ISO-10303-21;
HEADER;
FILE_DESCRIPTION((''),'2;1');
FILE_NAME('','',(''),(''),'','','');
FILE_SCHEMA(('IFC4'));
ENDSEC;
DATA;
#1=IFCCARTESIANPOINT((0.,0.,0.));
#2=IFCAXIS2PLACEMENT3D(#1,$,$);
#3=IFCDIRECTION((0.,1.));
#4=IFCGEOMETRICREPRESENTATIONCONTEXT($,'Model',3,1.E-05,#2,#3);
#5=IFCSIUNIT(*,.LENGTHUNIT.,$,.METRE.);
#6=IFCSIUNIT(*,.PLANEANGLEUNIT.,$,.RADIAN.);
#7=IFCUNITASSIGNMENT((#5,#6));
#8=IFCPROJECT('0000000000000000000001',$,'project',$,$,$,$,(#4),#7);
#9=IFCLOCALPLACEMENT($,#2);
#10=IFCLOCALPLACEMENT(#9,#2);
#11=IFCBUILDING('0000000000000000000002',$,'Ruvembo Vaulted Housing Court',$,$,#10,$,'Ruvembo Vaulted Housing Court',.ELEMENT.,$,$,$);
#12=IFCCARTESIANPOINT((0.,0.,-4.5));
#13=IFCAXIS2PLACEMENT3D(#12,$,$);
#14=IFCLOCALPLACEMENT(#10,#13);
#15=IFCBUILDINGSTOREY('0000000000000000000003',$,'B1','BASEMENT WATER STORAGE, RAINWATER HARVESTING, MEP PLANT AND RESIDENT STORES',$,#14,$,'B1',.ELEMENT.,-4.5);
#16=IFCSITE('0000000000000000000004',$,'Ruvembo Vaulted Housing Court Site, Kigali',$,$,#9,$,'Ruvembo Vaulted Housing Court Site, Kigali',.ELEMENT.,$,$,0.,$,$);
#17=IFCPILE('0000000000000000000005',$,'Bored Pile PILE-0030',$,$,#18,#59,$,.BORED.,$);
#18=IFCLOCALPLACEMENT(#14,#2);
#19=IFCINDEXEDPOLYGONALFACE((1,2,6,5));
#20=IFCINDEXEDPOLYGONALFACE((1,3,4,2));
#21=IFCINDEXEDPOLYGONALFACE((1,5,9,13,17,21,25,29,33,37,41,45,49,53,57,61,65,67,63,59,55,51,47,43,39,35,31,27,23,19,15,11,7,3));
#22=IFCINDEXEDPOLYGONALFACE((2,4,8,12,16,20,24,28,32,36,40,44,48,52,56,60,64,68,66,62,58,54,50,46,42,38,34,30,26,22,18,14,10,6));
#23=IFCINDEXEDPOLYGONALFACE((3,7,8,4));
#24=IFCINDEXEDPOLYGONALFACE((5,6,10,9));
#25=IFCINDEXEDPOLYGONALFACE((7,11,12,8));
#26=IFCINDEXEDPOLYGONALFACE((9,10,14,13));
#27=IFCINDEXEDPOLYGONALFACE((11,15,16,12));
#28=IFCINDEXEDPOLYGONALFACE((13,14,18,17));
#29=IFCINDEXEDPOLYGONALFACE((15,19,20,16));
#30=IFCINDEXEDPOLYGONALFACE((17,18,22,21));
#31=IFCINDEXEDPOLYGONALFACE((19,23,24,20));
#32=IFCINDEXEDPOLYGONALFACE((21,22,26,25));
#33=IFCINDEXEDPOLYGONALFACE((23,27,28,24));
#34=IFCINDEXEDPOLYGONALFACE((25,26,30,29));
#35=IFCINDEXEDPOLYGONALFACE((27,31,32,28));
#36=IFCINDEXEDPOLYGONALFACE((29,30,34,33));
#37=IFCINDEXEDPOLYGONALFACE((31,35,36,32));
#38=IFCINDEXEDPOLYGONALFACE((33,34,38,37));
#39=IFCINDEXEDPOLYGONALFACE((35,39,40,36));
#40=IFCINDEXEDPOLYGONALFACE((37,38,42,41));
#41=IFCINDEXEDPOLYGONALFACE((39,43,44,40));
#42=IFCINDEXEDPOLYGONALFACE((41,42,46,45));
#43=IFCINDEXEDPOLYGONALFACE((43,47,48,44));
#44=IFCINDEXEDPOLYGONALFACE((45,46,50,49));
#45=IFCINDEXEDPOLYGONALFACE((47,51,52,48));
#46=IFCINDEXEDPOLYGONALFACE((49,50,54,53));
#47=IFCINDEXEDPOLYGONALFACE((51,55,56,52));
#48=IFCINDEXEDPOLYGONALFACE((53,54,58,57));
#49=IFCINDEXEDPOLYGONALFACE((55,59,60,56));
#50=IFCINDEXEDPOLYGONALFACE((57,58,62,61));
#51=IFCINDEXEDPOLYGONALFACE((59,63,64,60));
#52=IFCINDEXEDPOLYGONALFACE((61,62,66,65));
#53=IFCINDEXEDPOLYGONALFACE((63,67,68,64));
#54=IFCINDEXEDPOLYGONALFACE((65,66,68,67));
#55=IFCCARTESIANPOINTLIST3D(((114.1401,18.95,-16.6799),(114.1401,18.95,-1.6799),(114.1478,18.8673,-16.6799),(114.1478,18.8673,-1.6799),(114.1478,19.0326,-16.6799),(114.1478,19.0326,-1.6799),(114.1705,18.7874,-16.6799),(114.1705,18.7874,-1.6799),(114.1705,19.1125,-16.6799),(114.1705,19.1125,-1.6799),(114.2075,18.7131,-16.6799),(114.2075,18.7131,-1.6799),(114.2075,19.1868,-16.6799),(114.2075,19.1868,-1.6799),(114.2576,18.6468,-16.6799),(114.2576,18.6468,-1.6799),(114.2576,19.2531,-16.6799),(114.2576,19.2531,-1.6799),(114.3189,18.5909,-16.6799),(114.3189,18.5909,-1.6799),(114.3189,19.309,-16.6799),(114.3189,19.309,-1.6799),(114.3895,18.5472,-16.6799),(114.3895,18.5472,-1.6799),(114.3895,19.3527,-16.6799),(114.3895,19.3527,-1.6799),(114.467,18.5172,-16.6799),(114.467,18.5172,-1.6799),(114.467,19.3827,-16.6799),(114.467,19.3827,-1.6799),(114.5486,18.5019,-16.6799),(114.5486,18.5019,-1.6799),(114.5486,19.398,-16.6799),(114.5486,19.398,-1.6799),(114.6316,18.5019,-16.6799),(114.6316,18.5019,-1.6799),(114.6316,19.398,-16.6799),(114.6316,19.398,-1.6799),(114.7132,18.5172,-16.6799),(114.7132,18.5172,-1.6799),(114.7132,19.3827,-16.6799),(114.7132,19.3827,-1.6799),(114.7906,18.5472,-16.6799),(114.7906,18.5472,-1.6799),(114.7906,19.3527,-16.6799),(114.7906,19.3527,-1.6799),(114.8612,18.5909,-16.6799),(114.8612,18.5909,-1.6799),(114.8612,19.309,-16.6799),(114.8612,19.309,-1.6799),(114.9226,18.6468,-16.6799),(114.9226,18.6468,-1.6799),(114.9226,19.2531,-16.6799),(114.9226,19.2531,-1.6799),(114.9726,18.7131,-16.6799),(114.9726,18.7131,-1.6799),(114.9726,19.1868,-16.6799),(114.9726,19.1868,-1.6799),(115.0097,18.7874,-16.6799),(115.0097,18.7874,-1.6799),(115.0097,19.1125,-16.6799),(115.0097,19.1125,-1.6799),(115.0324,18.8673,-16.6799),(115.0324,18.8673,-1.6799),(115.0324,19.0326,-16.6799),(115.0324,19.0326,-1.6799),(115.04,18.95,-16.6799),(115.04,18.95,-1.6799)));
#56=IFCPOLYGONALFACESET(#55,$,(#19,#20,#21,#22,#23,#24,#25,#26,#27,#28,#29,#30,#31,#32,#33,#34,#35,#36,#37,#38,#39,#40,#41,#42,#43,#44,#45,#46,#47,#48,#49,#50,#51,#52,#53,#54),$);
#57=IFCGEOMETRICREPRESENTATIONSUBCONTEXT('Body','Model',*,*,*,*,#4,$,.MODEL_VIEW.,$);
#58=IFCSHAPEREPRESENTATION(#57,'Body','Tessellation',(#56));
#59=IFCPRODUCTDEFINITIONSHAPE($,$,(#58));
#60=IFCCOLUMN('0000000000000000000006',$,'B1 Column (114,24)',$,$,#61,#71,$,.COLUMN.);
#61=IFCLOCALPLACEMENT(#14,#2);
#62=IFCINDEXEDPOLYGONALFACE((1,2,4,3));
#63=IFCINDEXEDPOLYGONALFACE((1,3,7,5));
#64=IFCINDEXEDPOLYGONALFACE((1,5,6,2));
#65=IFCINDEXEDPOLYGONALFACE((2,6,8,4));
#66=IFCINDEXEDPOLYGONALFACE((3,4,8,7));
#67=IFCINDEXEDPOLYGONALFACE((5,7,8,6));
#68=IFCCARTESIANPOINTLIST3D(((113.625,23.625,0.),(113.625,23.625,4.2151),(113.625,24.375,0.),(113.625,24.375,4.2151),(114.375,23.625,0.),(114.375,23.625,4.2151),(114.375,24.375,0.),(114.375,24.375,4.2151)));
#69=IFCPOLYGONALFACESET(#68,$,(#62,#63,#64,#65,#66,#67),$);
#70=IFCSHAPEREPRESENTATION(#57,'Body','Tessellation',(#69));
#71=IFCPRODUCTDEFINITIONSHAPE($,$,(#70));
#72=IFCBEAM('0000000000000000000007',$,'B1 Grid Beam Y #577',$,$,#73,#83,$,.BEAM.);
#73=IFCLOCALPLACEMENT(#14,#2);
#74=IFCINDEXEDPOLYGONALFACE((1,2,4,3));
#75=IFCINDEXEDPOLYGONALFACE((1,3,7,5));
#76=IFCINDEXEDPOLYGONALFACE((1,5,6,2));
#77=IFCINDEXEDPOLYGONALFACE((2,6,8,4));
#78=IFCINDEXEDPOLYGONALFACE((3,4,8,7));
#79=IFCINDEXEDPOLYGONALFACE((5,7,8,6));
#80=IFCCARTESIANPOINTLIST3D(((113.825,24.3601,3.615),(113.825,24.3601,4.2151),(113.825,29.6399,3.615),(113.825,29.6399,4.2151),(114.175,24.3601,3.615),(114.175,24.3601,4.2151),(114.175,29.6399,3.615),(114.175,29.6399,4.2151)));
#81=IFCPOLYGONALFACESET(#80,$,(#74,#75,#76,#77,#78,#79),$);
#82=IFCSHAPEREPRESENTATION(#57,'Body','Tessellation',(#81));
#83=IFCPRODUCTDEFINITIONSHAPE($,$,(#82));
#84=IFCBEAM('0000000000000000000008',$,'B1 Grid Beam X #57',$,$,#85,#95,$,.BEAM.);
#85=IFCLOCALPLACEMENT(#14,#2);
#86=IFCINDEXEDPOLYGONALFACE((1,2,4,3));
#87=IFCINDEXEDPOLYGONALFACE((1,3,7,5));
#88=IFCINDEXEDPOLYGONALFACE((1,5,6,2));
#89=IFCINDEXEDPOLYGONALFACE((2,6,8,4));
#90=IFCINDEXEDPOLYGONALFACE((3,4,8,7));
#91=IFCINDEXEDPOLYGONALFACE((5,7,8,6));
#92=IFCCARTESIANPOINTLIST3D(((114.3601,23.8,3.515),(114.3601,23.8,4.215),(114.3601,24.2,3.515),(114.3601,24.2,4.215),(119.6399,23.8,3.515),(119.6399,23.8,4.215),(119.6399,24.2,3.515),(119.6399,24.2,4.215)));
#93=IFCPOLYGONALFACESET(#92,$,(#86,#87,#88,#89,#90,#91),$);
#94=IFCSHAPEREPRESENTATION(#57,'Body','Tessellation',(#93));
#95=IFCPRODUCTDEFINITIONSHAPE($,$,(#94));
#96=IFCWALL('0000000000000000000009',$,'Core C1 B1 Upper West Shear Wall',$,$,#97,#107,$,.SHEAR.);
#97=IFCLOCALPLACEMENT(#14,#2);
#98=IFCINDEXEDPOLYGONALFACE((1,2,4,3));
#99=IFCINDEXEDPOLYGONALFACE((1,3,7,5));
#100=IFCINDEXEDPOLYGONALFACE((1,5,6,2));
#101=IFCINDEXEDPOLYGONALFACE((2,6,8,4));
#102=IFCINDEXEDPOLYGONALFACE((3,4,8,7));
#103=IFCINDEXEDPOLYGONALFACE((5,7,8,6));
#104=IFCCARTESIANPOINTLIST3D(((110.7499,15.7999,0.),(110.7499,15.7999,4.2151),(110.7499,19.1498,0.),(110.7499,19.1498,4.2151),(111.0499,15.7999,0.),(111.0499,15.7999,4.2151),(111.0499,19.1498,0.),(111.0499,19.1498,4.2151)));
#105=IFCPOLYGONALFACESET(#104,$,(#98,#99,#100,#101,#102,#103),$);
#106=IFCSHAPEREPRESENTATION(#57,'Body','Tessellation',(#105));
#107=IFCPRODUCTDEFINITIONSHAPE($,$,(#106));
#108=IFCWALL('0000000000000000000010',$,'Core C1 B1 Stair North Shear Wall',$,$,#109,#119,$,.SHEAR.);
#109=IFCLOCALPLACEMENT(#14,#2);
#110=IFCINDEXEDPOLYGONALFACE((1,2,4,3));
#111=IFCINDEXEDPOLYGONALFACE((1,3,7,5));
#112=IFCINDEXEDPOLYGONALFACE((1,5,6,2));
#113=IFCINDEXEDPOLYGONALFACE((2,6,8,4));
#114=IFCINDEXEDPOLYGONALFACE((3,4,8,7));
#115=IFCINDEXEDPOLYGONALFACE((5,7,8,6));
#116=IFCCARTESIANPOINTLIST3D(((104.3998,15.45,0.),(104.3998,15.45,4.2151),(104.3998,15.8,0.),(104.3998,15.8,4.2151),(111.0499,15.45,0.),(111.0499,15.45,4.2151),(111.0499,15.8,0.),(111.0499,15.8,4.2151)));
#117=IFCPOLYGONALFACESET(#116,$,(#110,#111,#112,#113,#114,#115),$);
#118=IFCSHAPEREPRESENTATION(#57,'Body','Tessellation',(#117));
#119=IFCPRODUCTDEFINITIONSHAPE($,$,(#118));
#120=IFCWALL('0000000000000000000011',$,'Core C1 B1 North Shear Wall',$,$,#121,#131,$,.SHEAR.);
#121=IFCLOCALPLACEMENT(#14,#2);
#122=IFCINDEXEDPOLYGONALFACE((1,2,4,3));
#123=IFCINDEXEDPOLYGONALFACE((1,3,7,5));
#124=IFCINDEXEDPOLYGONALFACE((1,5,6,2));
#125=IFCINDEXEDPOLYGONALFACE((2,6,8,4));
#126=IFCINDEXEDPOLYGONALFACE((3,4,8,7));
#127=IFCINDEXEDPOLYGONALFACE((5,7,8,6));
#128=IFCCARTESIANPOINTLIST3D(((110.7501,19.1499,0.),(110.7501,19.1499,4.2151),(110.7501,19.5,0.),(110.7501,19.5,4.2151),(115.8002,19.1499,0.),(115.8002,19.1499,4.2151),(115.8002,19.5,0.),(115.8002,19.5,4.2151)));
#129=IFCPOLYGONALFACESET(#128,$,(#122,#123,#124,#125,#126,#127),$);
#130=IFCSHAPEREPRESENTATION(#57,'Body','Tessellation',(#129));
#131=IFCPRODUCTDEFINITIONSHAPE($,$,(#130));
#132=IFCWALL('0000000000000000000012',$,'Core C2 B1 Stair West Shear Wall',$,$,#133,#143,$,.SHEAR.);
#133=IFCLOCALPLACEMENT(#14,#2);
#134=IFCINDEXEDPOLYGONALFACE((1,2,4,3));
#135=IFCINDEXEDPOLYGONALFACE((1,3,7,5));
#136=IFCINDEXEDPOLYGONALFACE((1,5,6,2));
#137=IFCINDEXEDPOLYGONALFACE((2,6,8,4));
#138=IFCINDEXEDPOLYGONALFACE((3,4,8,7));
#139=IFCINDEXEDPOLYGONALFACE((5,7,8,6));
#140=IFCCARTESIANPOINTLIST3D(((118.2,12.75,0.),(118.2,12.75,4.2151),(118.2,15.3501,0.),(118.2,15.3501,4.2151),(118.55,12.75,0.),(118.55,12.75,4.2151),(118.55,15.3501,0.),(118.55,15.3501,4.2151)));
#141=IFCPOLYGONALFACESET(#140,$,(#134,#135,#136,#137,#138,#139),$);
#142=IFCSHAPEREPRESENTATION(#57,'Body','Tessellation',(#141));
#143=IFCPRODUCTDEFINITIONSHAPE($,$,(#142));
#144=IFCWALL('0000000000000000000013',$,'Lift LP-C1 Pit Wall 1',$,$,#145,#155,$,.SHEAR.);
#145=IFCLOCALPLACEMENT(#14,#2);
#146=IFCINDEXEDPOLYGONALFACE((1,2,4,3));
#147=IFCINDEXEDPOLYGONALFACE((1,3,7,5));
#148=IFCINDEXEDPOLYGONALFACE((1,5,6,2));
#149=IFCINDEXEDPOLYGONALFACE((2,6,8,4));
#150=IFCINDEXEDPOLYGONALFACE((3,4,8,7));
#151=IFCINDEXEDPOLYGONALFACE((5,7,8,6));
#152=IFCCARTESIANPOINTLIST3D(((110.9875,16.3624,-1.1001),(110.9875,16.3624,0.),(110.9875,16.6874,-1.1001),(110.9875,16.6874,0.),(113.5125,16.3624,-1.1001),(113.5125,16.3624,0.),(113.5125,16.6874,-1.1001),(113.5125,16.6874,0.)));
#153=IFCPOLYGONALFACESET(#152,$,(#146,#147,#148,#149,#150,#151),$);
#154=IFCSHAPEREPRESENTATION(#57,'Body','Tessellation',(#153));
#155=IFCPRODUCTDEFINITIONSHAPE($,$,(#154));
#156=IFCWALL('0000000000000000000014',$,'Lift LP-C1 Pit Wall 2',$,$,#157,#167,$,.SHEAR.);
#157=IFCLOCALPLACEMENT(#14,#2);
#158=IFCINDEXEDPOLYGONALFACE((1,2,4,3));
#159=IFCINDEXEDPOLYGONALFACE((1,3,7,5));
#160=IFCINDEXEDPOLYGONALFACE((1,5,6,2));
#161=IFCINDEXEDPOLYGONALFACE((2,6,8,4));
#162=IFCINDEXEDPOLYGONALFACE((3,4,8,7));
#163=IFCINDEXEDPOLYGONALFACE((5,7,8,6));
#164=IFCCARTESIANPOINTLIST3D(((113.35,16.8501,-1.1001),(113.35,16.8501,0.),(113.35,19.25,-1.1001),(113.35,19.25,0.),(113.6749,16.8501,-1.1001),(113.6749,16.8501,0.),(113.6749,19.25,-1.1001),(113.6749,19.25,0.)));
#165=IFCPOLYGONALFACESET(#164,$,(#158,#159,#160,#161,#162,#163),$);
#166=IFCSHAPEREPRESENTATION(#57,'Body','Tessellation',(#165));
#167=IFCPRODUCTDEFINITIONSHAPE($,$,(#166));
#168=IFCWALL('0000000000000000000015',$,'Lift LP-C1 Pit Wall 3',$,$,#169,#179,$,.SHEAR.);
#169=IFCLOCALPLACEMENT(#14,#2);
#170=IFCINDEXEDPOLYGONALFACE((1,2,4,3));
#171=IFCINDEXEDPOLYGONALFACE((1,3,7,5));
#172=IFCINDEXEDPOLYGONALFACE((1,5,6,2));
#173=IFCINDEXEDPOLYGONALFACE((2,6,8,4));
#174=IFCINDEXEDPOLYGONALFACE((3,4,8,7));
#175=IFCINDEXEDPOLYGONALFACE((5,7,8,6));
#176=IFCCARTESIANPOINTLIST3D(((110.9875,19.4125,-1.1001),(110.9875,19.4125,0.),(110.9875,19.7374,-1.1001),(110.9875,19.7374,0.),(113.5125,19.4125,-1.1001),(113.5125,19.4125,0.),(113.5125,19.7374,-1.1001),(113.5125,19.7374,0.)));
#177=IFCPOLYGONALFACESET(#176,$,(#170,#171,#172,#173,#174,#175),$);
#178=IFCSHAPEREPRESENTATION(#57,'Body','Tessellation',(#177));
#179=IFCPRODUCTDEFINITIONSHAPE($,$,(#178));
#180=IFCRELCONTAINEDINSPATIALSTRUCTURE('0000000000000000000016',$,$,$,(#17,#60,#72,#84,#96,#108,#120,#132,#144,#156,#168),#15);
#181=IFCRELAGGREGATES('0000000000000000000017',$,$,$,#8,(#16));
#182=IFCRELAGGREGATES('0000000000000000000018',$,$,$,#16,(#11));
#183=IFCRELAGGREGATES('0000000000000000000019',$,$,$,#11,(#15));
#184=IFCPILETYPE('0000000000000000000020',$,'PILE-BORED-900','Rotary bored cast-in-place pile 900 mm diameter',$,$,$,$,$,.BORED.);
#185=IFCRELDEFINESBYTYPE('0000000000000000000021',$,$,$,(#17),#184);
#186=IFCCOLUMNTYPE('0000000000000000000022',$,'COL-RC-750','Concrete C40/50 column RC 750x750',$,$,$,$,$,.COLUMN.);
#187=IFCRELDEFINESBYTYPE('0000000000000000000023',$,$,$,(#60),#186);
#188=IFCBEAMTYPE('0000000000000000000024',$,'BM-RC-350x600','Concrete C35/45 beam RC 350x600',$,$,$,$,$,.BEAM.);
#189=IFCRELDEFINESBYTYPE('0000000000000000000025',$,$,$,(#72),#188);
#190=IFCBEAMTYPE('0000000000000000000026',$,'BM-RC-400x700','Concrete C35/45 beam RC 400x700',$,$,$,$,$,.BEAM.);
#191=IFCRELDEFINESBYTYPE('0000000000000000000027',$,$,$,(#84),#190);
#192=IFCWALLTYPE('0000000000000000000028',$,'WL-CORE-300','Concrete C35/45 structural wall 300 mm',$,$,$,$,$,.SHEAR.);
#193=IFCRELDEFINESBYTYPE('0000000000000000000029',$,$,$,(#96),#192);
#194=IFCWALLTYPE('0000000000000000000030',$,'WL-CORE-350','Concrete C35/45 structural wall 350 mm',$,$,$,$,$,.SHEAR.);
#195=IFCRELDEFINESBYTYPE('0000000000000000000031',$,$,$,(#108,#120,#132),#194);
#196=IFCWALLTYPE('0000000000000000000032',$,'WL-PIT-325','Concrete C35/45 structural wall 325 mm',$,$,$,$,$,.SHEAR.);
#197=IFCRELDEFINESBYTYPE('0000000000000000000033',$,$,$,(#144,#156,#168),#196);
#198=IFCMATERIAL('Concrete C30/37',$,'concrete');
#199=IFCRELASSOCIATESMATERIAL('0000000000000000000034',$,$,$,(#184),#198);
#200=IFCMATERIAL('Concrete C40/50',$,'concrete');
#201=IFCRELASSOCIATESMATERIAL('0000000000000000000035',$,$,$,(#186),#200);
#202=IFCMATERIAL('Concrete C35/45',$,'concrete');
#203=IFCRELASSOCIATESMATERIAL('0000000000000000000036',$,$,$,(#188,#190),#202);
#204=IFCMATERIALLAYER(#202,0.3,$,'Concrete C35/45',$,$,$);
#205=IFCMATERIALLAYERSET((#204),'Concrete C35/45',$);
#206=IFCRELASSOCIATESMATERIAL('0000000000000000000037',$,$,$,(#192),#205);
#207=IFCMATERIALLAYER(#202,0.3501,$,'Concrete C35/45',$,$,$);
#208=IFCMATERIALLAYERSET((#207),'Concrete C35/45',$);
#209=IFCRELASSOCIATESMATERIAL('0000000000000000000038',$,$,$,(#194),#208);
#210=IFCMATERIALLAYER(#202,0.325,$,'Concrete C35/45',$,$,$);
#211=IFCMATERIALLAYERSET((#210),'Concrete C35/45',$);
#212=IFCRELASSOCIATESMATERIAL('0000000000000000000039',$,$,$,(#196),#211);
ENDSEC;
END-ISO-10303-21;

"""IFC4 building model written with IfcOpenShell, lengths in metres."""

from ifc_helpers import new_model, si_unit, direction, frame, frame_2d, origin, origin_2d, place, context, subcontext, project, spatial, rectangle, circle, extrude, material, layer, layer_set, material_profile, profile_set, type_object, element, save


model = new_model("IFC4")

# Units and contexts
model_context = context("Model", 3, precision=1e-05, world=origin(), true_north=direction((0.0, 1.0)))
body_context = subcontext(model_context, "Body", "Model", "MODEL_VIEW")
ifc_project = project(units=[si_unit("LENGTHUNIT", "METRE"), si_unit("PLANEANGLEUNIT", "RADIAN")], contexts=[model_context])

# Site, building, storey
site_placement = place(None, origin())
site = spatial("IfcSite", under=ifc_project, at=site_placement, Name="Ruvembo Vaulted Housing Court Site, Kigali", LongName="Ruvembo Vaulted Housing Court Site, Kigali", CompositionType="ELEMENT", RefElevation=0.0)
building_placement = place(site_placement, origin())
building = spatial("IfcBuilding", under=site, at=building_placement, Name="Ruvembo Vaulted Housing Court", LongName="Ruvembo Vaulted Housing Court", CompositionType="ELEMENT")
storey_placement = place(building_placement, frame((0.0, 0.0, -4.5)))
storey = spatial("IfcBuildingStorey", under=building, at=storey_placement, Name="B1", Description="BASEMENT WATER STORAGE, RAINWATER HARVESTING, MEP PLANT AND RESIDENT STORES", LongName="B1", CompositionType="ELEMENT", Elevation=-4.5)

# Shared definitions
ifc_material_1 = material(Name="Concrete C35/45", Category="concrete")

# Pile
ifc_material_2 = material(Name="Concrete C30/37", Category="concrete")
ifc_material_profile_1 = material_profile(ifc_material_2, circle(Radius=0.45, at=origin_2d()), Name="PILE D900")
ifc_profile_set_1 = profile_set([ifc_material_profile_1], Name="Concrete C30/37")
pile_type_1 = type_object("IfcPileType", Name="PILE-BORED-900", Description="Rotary bored cast-in-place pile 900 mm diameter", PredefinedType="BORED", material=ifc_profile_set_1)
for number, where, z_axis, x_axis, name in (
    (1, (114.5901, 18.95, -1.6799), (0.0, 0.0, -1.0), (1.0, 0.0, 0.0), "Bored Pile PILE-0030"),
):
    element("IfcPile", number, at=place(storey_placement, frame(where, z_axis=z_axis, x_axis=x_axis)), inside=storey, type_object=pile_type_1, Name=name, PredefinedType="BORED", context=body_context, shape_type="SweptSolid", body=[
        extrude(circle(Radius=0.45, at=origin_2d()), origin(), (0.0, 0.0, 1.0), 15.0),
    ])

# Column
ifc_material_3 = material(Name="Concrete C40/50", Category="concrete")
ifc_material_profile_2 = material_profile(ifc_material_3, rectangle(XDim=0.75, YDim=0.75, at=origin_2d()), Name="RC 750x750")
ifc_profile_set_2 = profile_set([ifc_material_profile_2], Name="Concrete C40/50")
column_type = type_object("IfcColumnType", Name="COL-RC-750", Description="Concrete C40/50 column RC 750x750", PredefinedType="COLUMN", material=ifc_profile_set_2)
column_placement = place(storey_placement, frame((114.0, 24.0, 0.0), z_axis=(0.0, 0.0, 1.0), x_axis=(1.0, 0.0, 0.0)))
element("IfcColumn", 2, at=column_placement, inside=storey, type_object=column_type, Name="B1 Column (114,24)", PredefinedType="COLUMN", context=body_context, shape_type="SweptSolid", body=[
    extrude(rectangle(XDim=0.75, YDim=0.75, at=origin_2d()), origin(), (0.0, 0.0, 1.0), 4.2151),
])

# Beams
ifc_material_profile_3 = material_profile(ifc_material_1, rectangle(XDim=0.3501, YDim=0.6001, at=origin_2d()), Name="RC 350x600")
ifc_profile_set_3 = profile_set([ifc_material_profile_3], Name="Concrete C35/45")
beam_type_1 = type_object("IfcBeamType", Name="BM-RC-350x600", Description="Concrete C35/45 beam RC 350x600", PredefinedType="BEAM", material=ifc_profile_set_3)
beam_1_placement = place(storey_placement, frame((114.0, 24.3601, 3.915), z_axis=(0.0, 1.0, 0.0), x_axis=(-1.0, 0.0, 0.0)))
element("IfcBeam", 3, at=beam_1_placement, inside=storey, type_object=beam_type_1, Name="B1 Grid Beam Y #577", PredefinedType="BEAM", context=body_context, shape_type="SweptSolid", body=[
    extrude(rectangle(XDim=0.3501, YDim=0.6001, at=origin_2d()), origin(), (0.0, 0.0, 1.0), 5.2798),
])
ifc_material_profile_4 = material_profile(ifc_material_1, rectangle(XDim=0.3999, YDim=0.7, at=origin_2d()), Name="RC 400x700")
ifc_profile_set_4 = profile_set([ifc_material_profile_4], Name="Concrete C35/45")
beam_type_2 = type_object("IfcBeamType", Name="BM-RC-400x700", Description="Concrete C35/45 beam RC 400x700", PredefinedType="BEAM", material=ifc_profile_set_4)
beam_2_placement = place(storey_placement, frame((114.3601, 24.0, 3.865), z_axis=(1.0, 0.0, 0.0), x_axis=(0.0, 1.0, 0.0)))
element("IfcBeam", 4, at=beam_2_placement, inside=storey, type_object=beam_type_2, Name="B1 Grid Beam X #57", PredefinedType="BEAM", context=body_context, shape_type="SweptSolid", body=[
    extrude(rectangle(XDim=0.3999, YDim=0.7, at=origin_2d()), origin(), (0.0, 0.0, 1.0), 5.2798),
])

# Walls
ifc_layer_1 = layer(ifc_material_1, 0.3, Name="Concrete C35/45")
ifc_layer_set_1 = layer_set([ifc_layer_1], Name="Concrete C35/45")
wall_type_1 = type_object("IfcWallType", Name="WL-CORE-300", Description="Concrete C35/45 structural wall 300 mm", PredefinedType="SHEAR", material=ifc_layer_set_1)
wall_1_placement = place(storey_placement, frame((110.8999, 15.8, 0.0), z_axis=(0.0, 0.0, 1.0), x_axis=(0.0, 1.0, 0.0)))
element("IfcWall", 5, at=wall_1_placement, inside=storey, type_object=wall_type_1, Name="Core C1 B1 Upper West Shear Wall", PredefinedType="SHEAR", context=body_context, shape_type="SweptSolid", body=[
    extrude(rectangle(XDim=3.3499, YDim=0.3, at=frame_2d((1.6748, 0.0))), origin(), (0.0, 0.0, 1.0), 4.2151),
])
ifc_layer_2 = layer(ifc_material_1, 0.3501, Name="Concrete C35/45")
ifc_layer_set_2 = layer_set([ifc_layer_2], Name="Concrete C35/45")
wall_type_2 = type_object("IfcWallType", Name="WL-CORE-350", Description="Concrete C35/45 structural wall 350 mm", PredefinedType="SHEAR", material=ifc_layer_set_2)
wall_2_placement = place(storey_placement, frame((111.05, 15.625, 0.0), z_axis=(0.0, 0.0, 1.0), x_axis=(-1.0, 0.0, 0.0)))
element("IfcWall", 6, at=wall_2_placement, inside=storey, type_object=wall_type_2, Name="Core C1 B1 Stair North Shear Wall", PredefinedType="SHEAR", context=body_context, shape_type="SweptSolid", body=[
    extrude(rectangle(XDim=6.6501, YDim=0.3501, at=frame_2d((3.3252, 0.0))), origin(), (0.0, 0.0, 1.0), 4.2151),
])
wall_3_placement = place(storey_placement, frame((115.8, 19.325, 0.0), z_axis=(0.0, 0.0, 1.0), x_axis=(-1.0, 0.0, 0.0)))
element("IfcWall", 7, at=wall_3_placement, inside=storey, type_object=wall_type_2, Name="Core C1 B1 North Shear Wall", PredefinedType="SHEAR", context=body_context, shape_type="SweptSolid", body=[
    extrude(rectangle(XDim=5.05, YDim=0.3501, at=frame_2d((2.5249, 0.0))), origin(), (0.0, 0.0, 1.0), 4.2151),
])
wall_4_placement = place(storey_placement, frame((118.375, 15.3501, 0.0), z_axis=(0.0, 0.0, 1.0), x_axis=(0.0, -1.0, 0.0)))
element("IfcWall", 8, at=wall_4_placement, inside=storey, type_object=wall_type_2, Name="Core C2 B1 Stair West Shear Wall", PredefinedType="SHEAR", context=body_context, shape_type="SweptSolid", body=[
    extrude(rectangle(XDim=2.6001, YDim=0.3501, at=frame_2d((1.3, 0.0))), origin(), (0.0, 0.0, 1.0), 4.2151),
])
ifc_layer_3 = layer(ifc_material_1, 0.325, Name="Concrete C35/45")
ifc_layer_set_3 = layer_set([ifc_layer_3], Name="Concrete C35/45")
wall_type_3 = type_object("IfcWallType", Name="WL-PIT-325", Description="Concrete C35/45 structural wall 325 mm", PredefinedType="SHEAR", material=ifc_layer_set_3)
wall_5_placement = place(storey_placement, frame((110.9875, 16.5249, -1.1001), z_axis=(0.0, 0.0, 1.0), x_axis=(1.0, 0.0, 0.0)))
element("IfcWall", 9, at=wall_5_placement, inside=storey, type_object=wall_type_3, Name="Lift LP-C1 Pit Wall 1", PredefinedType="SHEAR", context=body_context, shape_type="SweptSolid", body=[
    extrude(rectangle(XDim=2.5249, YDim=0.325, at=frame_2d((1.2625, 0.0))), origin(), (0.0, 0.0, 1.0), 1.1001),
])
wall_6_placement = place(storey_placement, frame((113.5125, 16.8501, -1.1001), z_axis=(0.0, 0.0, 1.0), x_axis=(0.0, 1.0, 0.0)))
element("IfcWall", 10, at=wall_6_placement, inside=storey, type_object=wall_type_3, Name="Lift LP-C1 Pit Wall 2", PredefinedType="SHEAR", context=body_context, shape_type="SweptSolid", body=[
    extrude(rectangle(XDim=2.3999, YDim=0.325, at=frame_2d((1.2, 0.0))), origin(), (0.0, 0.0, 1.0), 1.1001),
])
wall_7_placement = place(storey_placement, frame((113.5125, 19.575, -1.1001), z_axis=(0.0, 0.0, 1.0), x_axis=(-1.0, 0.0, 0.0)))
element("IfcWall", 11, at=wall_7_placement, inside=storey, type_object=wall_type_3, Name="Lift LP-C1 Pit Wall 3", PredefinedType="SHEAR", context=body_context, shape_type="SweptSolid", body=[
    extrude(rectangle(XDim=2.5249, YDim=0.325, at=frame_2d((1.2625, 0.0))), origin(), (0.0, 0.0, 1.0), 1.1001),
])

save(model, "model.ifc")
